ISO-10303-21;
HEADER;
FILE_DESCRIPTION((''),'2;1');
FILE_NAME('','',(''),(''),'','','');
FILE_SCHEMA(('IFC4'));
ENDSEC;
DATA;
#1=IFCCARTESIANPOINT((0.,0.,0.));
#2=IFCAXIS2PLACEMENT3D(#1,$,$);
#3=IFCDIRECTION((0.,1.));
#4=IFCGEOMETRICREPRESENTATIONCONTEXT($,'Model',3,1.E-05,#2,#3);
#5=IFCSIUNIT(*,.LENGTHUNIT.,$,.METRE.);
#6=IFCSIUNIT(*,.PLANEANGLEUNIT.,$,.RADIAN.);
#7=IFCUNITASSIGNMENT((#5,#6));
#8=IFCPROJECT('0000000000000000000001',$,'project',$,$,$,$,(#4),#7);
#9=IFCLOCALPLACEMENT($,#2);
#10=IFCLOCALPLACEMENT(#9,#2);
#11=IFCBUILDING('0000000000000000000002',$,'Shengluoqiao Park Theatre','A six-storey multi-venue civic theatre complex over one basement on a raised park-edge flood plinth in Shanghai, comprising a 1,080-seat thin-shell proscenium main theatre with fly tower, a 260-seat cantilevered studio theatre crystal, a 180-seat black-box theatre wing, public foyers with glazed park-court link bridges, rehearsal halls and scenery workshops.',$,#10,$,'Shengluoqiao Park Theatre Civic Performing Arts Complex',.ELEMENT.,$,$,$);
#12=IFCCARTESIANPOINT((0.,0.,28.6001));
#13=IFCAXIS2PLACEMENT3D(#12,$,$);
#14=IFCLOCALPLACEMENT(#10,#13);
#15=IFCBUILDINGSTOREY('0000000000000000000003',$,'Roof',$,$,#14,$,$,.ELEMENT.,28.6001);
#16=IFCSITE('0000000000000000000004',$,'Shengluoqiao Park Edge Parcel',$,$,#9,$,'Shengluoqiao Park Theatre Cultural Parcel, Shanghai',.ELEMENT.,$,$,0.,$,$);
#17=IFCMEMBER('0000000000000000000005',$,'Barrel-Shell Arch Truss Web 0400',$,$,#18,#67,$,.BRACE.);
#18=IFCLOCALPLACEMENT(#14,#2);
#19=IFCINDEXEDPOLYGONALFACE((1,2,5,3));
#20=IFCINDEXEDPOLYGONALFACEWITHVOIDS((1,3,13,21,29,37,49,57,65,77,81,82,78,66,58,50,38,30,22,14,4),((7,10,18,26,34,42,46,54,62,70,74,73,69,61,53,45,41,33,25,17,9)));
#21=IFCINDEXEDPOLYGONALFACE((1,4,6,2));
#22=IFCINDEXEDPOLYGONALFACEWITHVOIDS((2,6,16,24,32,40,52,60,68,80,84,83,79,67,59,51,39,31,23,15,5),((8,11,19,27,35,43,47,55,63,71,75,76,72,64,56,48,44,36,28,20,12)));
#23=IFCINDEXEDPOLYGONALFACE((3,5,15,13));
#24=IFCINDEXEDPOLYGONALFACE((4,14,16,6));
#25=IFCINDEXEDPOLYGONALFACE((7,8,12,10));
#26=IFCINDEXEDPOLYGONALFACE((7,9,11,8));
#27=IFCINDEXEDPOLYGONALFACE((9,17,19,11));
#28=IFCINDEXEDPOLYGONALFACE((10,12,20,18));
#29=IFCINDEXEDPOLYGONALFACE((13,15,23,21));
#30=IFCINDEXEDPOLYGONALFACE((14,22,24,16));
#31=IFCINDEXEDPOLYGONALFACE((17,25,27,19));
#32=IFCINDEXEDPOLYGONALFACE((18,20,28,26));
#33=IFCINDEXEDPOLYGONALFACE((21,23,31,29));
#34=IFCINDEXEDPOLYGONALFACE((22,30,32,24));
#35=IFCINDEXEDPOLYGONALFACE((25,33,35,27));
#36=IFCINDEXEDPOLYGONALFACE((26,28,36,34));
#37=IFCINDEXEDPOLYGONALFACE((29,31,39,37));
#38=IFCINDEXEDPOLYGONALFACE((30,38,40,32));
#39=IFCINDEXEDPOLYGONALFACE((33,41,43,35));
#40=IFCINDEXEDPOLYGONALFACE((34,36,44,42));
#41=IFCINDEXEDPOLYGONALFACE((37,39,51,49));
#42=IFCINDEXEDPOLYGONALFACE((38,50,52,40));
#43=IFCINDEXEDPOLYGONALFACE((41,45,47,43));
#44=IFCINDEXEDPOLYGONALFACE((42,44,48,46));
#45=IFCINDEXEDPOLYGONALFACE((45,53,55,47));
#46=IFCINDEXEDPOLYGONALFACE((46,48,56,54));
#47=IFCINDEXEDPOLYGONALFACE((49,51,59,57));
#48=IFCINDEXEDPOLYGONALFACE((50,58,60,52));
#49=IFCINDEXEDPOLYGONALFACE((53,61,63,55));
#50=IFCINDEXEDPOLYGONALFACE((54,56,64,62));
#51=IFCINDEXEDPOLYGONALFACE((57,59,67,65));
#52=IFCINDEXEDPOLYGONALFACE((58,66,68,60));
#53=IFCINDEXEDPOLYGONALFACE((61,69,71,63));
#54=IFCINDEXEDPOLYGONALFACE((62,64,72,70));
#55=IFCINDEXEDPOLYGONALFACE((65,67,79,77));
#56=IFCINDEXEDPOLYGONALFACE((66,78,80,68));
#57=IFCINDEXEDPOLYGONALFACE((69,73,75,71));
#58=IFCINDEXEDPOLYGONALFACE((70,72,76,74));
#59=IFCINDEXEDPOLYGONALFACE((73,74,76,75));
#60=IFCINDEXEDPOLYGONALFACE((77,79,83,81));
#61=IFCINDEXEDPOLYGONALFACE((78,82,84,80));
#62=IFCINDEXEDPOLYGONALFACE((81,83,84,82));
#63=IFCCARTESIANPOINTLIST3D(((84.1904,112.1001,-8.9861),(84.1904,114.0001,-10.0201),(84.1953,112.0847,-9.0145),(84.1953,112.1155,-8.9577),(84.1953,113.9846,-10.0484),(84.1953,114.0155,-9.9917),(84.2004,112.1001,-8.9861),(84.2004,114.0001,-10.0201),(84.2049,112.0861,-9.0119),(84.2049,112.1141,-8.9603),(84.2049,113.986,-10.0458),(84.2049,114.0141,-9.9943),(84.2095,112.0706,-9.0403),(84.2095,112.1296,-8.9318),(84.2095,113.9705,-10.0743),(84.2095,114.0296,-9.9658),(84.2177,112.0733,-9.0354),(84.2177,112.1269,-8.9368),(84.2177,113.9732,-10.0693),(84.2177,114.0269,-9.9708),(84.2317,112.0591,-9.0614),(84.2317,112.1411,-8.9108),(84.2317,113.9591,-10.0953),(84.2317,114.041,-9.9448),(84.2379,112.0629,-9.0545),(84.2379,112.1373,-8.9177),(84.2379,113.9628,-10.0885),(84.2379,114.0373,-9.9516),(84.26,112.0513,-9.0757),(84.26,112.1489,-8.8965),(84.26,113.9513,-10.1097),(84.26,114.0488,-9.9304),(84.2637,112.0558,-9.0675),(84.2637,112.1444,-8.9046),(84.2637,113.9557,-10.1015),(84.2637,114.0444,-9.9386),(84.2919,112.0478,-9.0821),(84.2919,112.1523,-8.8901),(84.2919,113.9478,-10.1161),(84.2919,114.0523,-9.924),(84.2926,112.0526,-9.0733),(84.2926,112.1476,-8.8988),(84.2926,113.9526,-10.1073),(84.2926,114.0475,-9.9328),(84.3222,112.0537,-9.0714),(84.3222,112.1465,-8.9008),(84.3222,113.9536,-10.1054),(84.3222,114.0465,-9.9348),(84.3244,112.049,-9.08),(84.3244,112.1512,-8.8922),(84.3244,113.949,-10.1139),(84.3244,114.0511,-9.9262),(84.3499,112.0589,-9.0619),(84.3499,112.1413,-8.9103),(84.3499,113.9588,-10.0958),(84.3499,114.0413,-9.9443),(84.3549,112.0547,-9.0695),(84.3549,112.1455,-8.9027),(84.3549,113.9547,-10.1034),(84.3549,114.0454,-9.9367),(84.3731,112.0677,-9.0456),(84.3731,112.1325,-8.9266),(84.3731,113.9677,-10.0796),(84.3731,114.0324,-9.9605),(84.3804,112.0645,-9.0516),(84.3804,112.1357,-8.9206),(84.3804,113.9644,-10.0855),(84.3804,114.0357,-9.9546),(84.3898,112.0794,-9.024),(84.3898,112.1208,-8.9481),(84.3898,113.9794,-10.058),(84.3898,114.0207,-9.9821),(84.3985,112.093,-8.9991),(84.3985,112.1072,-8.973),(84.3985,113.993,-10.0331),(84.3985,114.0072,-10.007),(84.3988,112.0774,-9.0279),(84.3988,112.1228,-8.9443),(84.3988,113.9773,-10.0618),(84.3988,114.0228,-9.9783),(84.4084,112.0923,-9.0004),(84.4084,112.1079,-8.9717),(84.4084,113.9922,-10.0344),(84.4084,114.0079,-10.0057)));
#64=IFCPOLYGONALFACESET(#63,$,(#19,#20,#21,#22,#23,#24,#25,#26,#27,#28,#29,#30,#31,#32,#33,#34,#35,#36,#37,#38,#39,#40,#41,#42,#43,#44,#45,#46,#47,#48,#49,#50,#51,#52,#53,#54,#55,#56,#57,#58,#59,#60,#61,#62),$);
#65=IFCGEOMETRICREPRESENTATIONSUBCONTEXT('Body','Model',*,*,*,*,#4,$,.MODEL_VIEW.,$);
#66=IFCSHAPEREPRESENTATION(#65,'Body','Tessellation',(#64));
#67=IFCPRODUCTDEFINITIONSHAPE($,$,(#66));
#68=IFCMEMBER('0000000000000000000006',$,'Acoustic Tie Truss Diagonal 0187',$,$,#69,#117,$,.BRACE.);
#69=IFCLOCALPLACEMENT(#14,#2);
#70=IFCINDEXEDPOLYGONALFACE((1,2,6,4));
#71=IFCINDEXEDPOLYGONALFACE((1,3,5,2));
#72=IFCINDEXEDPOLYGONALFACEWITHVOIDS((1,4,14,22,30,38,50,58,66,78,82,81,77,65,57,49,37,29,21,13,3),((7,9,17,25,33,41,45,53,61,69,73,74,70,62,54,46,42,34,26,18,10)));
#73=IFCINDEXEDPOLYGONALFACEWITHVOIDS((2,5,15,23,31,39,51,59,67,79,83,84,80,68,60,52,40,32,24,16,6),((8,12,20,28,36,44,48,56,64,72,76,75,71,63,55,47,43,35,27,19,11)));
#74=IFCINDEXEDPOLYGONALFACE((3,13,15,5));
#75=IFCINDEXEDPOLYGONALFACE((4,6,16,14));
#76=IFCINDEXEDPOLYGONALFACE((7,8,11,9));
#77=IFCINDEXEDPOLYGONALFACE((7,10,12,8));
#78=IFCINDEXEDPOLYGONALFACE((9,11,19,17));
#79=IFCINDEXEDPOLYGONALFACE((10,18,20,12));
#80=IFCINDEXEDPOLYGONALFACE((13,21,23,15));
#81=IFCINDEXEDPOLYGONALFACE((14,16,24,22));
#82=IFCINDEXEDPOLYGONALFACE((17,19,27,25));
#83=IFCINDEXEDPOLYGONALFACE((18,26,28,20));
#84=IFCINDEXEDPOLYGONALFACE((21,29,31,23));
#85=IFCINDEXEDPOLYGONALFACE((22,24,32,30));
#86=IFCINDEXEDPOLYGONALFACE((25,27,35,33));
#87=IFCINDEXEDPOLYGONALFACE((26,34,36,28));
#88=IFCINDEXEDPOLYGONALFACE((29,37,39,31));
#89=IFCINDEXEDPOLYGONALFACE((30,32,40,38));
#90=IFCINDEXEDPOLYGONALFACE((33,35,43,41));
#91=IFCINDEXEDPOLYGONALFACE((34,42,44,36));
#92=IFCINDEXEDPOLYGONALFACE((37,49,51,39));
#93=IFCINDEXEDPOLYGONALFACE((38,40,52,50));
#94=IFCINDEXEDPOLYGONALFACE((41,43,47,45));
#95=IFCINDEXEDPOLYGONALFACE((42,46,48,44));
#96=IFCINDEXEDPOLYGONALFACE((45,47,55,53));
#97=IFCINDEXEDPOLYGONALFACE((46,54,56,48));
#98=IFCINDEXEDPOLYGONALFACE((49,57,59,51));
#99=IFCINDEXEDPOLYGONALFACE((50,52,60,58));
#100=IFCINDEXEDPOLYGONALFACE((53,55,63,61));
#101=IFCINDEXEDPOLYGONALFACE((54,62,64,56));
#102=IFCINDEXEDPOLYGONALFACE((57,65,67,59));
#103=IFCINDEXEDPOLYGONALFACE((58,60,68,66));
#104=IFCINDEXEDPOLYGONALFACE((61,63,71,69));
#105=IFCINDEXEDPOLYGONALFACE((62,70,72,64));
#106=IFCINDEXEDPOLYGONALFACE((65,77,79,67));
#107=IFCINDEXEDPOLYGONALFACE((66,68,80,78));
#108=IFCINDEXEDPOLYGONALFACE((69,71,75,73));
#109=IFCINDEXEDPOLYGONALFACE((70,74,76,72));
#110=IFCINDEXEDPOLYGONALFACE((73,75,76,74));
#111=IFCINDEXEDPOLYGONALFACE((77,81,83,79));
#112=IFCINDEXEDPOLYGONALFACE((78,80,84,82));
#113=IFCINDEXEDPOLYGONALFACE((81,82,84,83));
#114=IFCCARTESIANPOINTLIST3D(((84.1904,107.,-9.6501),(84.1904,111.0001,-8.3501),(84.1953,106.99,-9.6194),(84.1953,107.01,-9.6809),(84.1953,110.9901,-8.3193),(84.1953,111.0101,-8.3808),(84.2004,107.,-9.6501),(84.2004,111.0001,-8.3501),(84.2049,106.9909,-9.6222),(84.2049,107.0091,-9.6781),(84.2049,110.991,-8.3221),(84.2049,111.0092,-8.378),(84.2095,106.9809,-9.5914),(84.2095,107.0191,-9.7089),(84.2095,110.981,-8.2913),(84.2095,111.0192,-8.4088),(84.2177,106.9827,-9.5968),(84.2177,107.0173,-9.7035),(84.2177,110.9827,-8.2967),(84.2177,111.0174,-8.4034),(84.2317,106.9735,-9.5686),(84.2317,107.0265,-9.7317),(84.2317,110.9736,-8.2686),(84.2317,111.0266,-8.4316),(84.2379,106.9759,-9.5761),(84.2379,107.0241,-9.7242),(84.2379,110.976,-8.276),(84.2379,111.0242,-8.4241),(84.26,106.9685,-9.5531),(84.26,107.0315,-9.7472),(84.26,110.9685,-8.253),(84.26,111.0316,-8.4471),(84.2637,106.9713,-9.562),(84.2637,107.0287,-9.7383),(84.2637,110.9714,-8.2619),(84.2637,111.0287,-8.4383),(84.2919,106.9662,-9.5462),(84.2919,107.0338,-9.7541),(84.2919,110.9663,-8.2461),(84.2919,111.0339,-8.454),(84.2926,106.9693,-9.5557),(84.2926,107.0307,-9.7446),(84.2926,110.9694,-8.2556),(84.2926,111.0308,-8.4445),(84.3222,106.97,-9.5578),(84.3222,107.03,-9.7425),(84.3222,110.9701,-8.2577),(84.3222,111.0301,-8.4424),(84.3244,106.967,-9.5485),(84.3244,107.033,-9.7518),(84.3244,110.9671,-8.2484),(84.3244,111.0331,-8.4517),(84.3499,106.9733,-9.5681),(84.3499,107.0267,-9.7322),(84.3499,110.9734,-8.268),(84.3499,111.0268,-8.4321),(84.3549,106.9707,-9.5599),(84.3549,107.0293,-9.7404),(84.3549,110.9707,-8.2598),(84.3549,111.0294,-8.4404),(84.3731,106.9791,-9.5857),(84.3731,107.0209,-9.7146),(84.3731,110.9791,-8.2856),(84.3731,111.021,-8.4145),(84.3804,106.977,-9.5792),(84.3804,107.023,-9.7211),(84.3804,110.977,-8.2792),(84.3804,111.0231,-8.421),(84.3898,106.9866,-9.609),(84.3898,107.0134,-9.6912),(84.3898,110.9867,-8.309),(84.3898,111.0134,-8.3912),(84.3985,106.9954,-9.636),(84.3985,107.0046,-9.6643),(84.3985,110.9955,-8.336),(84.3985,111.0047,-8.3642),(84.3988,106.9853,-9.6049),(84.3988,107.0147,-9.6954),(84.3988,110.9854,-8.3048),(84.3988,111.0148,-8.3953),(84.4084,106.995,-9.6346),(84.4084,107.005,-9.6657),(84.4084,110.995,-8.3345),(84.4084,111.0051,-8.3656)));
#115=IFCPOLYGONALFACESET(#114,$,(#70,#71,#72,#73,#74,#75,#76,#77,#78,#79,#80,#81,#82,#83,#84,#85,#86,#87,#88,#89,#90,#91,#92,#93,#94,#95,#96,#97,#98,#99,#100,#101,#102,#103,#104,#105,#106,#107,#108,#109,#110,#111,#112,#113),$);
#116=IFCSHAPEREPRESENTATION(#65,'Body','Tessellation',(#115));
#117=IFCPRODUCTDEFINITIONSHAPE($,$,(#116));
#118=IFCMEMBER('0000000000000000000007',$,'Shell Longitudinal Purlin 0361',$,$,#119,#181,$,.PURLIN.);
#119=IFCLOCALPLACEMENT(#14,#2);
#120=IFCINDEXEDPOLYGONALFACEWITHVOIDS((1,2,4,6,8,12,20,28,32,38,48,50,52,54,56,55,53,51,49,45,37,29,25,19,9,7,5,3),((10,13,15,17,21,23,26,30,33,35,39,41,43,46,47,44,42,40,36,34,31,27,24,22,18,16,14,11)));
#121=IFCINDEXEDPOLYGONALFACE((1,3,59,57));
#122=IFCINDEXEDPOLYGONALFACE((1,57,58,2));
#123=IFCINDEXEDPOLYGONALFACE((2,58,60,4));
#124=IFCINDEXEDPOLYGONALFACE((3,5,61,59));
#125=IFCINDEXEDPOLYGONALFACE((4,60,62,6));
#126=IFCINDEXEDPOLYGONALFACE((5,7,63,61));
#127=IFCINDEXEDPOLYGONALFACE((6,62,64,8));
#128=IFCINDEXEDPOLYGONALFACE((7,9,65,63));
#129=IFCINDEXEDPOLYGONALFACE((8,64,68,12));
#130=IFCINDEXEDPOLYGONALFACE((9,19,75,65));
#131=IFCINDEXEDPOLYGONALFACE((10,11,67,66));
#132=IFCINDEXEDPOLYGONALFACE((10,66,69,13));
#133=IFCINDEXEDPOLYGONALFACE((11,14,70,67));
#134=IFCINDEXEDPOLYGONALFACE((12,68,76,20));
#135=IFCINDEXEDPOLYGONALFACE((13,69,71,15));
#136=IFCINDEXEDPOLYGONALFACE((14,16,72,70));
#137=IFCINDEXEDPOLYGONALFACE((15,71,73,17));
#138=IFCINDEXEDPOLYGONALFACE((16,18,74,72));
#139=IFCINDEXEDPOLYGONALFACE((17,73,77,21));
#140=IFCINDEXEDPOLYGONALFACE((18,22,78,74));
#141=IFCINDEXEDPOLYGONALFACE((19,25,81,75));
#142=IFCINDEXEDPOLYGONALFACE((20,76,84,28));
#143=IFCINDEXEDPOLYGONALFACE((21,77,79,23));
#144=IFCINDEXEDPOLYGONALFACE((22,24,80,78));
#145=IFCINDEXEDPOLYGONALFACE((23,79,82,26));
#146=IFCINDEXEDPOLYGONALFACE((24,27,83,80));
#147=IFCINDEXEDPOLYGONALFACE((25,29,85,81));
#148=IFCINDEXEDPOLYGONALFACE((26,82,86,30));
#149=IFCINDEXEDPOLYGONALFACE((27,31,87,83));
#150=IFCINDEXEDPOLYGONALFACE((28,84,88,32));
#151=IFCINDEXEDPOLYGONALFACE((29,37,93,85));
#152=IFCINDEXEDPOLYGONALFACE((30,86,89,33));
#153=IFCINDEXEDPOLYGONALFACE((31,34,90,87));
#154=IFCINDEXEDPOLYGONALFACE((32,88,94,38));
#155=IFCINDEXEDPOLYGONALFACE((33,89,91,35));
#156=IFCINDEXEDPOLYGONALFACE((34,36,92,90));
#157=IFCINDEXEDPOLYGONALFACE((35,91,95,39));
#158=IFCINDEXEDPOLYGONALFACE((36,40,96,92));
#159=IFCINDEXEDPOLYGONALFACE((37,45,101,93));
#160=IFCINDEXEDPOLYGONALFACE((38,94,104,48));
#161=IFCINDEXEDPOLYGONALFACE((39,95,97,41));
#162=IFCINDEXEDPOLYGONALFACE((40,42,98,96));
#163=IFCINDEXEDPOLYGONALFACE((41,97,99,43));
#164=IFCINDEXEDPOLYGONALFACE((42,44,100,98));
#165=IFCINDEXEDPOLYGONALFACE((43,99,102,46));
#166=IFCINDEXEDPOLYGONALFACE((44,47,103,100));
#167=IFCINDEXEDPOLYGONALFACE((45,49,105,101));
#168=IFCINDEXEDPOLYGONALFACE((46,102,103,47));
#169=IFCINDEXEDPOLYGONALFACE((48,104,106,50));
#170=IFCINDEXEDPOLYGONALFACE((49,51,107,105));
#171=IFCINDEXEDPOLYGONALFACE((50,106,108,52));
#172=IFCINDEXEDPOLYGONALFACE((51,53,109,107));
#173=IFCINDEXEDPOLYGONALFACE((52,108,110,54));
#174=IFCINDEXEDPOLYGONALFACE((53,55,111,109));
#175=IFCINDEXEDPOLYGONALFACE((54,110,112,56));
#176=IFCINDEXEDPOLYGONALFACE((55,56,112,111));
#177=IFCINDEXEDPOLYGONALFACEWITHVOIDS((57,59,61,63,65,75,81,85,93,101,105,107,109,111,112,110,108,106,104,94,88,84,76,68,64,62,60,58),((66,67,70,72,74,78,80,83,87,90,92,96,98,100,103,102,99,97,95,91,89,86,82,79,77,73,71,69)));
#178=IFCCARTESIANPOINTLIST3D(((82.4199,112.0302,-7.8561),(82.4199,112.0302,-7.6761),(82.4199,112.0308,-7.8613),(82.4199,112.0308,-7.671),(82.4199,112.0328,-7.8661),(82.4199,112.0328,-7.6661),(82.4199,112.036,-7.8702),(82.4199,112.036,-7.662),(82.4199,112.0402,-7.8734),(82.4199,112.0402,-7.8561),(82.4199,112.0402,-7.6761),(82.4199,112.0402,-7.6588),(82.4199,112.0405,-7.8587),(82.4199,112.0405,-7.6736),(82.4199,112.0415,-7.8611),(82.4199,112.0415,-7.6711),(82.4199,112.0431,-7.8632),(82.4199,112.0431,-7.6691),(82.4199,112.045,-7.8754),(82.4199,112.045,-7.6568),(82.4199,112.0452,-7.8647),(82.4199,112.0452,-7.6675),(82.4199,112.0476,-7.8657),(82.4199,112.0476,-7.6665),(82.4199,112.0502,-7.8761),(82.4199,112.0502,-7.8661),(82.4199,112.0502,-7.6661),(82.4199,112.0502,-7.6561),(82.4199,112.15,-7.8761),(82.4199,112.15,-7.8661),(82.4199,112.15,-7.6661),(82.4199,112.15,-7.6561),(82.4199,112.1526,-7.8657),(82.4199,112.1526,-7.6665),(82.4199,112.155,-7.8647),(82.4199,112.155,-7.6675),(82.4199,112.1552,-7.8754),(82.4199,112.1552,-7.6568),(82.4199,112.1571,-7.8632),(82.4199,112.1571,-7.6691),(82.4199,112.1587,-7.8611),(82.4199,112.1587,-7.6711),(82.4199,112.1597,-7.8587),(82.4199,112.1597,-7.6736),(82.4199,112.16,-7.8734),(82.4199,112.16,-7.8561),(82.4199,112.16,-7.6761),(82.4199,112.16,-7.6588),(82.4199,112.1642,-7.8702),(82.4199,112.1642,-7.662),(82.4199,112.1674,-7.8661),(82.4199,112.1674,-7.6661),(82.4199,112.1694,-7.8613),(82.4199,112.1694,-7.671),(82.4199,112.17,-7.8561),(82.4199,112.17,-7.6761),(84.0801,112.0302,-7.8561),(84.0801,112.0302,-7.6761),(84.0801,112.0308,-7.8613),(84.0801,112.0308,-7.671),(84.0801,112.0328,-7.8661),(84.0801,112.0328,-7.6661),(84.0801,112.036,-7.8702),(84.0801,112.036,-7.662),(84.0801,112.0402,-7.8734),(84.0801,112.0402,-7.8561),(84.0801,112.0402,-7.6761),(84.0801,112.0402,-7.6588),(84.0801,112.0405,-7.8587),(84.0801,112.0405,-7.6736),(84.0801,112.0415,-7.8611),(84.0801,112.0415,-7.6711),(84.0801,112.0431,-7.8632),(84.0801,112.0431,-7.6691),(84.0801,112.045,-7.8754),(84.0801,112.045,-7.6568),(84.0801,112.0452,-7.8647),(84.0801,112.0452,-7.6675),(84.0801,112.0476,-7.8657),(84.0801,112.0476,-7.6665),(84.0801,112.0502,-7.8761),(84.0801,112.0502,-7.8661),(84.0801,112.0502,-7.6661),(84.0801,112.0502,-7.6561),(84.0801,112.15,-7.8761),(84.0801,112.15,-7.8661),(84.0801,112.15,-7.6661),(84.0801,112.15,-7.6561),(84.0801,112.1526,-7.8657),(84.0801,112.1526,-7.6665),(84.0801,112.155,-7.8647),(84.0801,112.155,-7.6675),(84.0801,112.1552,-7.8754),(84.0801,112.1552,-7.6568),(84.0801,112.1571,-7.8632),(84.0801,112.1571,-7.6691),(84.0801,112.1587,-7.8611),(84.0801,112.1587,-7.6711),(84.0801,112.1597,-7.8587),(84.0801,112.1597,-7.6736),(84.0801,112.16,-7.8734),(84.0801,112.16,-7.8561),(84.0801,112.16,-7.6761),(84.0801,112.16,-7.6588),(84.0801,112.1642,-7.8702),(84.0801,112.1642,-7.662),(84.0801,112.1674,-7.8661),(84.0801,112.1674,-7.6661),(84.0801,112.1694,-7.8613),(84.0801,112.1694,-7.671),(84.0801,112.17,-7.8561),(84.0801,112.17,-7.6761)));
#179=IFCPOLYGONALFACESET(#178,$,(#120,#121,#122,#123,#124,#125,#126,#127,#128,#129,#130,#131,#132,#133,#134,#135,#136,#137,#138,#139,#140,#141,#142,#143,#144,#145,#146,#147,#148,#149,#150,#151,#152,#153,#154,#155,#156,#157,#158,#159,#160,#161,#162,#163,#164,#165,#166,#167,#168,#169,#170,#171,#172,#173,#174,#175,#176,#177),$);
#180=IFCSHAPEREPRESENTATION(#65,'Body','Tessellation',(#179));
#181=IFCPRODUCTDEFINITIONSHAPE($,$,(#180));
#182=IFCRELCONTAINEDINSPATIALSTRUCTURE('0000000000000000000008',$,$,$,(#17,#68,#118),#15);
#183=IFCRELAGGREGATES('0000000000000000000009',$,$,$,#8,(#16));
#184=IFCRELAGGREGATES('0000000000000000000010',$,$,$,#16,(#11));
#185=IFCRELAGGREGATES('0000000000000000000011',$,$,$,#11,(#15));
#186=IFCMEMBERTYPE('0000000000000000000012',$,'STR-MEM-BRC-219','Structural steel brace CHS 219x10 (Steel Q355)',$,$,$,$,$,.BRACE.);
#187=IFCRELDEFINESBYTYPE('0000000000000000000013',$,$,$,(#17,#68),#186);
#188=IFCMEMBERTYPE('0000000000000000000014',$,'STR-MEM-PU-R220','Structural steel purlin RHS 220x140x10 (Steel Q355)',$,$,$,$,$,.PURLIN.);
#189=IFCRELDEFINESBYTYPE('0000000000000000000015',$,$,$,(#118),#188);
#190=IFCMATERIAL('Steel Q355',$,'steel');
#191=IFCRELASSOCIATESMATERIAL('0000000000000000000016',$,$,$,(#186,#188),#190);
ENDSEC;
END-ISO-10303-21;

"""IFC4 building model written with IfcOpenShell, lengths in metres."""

from ifc_helpers import new_model, si_unit, direction, frame, origin, origin_2d, place, context, subcontext, project, spatial, hollow_rectangle, hollow_circle, extrude, material, material_profile, profile_set, type_object, element, save


model = new_model("IFC4")

# Units and contexts
model_context = context("Model", 3, precision=1e-05, world=origin(), true_north=direction((0.0, 1.0)))
body_context = subcontext(model_context, "Body", "Model", "MODEL_VIEW")
ifc_project = project(units=[si_unit("LENGTHUNIT", "METRE"), si_unit("PLANEANGLEUNIT", "RADIAN")], contexts=[model_context])

# Site, building, storey
site_placement = place(None, origin())
site = spatial("IfcSite", under=ifc_project, at=site_placement, Name="Shengluoqiao Park Edge Parcel", LongName="Shengluoqiao Park Theatre Cultural Parcel, Shanghai", CompositionType="ELEMENT", RefElevation=0.0)
building_placement = place(site_placement, origin())
building = spatial("IfcBuilding", under=site, at=building_placement, Name="Shengluoqiao Park Theatre", Description="A six-storey multi-venue civic theatre complex over one basement on a raised park-edge flood plinth in Shanghai, comprising a 1,080-seat thin-shell proscenium main theatre with fly tower, a 260-seat cantilevered studio theatre crystal, a 180-seat black-box theatre wing, public foyers with glazed park-court link bridges, rehearsal halls and scenery workshops.", LongName="Shengluoqiao Park Theatre Civic Performing Arts Complex", CompositionType="ELEMENT")
storey_placement = place(building_placement, frame((0.0, 0.0, 28.6001)))
storey = spatial("IfcBuildingStorey", under=building, at=storey_placement, Name="Roof", CompositionType="ELEMENT", Elevation=28.6001)

# Shared definitions
ifc_material_1 = material(Name="Steel Q355", Category="steel")

# Members
ifc_material_profile_1 = material_profile(ifc_material_1, hollow_circle(Radius=0.1096, WallThickness=0.01, at=origin_2d()), Name="CHS 219x10")
ifc_profile_set_1 = profile_set([ifc_material_profile_1], Name="Steel Q355")
member_type_1 = type_object("IfcMemberType", Name="STR-MEM-BRC-219", Description="Structural steel brace CHS 219x10 (Steel Q355)", PredefinedType="BRACE", material=ifc_profile_set_1)
member_1_placement = place(storey_placement, frame((84.3, 112.1001, -8.9861), z_axis=(0.0, 0.878357, -0.478006), x_axis=(-1.0, 0.0, 0.0)))
element("IfcMember", 1, at=member_1_placement, inside=storey, type_object=member_type_1, Name="Barrel-Shell Arch Truss Web 0400", PredefinedType="BRACE", context=body_context, shape_type="SweptSolid", body=[
    extrude(hollow_circle(Radius=0.1096, WallThickness=0.01, at=origin_2d()), origin(), (0.0, 0.0, 1.0), 2.1631),
])
member_2_placement = place(storey_placement, frame((84.3, 107.0, -9.6501), z_axis=(0.0, 0.951031, 0.309097), x_axis=(-1.0, 0.0, 0.0)))
element("IfcMember", 2, at=member_2_placement, inside=storey, type_object=member_type_1, Name="Acoustic Tie Truss Diagonal 0187", PredefinedType="BRACE", context=body_context, shape_type="SweptSolid", body=[
    extrude(hollow_circle(Radius=0.1096, WallThickness=0.01, at=origin_2d()), origin(), (0.0, 0.0, 1.0), 4.2061),
])
ifc_material_profile_2 = material_profile(ifc_material_1, hollow_rectangle(XDim=0.1399, YDim=0.22, WallThickness=0.01, InnerFilletRadius=0.01, OuterFilletRadius=0.02, at=origin_2d()), Name="RHS 220x140x10")
ifc_profile_set_2 = profile_set([ifc_material_profile_2], Name="Steel Q355")
member_type_2 = type_object("IfcMemberType", Name="STR-MEM-PU-R220", Description="Structural steel purlin RHS 220x140x10 (Steel Q355)", PredefinedType="PURLIN", material=ifc_profile_set_2)
member_3_placement = place(storey_placement, frame((82.4199, 112.1001, -7.7661), z_axis=(1.0, 0.0, 0.0), x_axis=(0.0, 1.0, 0.0)))
element("IfcMember", 3, at=member_3_placement, inside=storey, type_object=member_type_2, Name="Shell Longitudinal Purlin 0361", PredefinedType="PURLIN", context=body_context, shape_type="SweptSolid", body=[
    extrude(hollow_rectangle(XDim=0.1399, YDim=0.22, WallThickness=0.01, InnerFilletRadius=0.01, OuterFilletRadius=0.02, at=origin_2d()), origin(), (0.0, 0.0, 1.0), 1.6602),
])

save(model, "model.ifc")
